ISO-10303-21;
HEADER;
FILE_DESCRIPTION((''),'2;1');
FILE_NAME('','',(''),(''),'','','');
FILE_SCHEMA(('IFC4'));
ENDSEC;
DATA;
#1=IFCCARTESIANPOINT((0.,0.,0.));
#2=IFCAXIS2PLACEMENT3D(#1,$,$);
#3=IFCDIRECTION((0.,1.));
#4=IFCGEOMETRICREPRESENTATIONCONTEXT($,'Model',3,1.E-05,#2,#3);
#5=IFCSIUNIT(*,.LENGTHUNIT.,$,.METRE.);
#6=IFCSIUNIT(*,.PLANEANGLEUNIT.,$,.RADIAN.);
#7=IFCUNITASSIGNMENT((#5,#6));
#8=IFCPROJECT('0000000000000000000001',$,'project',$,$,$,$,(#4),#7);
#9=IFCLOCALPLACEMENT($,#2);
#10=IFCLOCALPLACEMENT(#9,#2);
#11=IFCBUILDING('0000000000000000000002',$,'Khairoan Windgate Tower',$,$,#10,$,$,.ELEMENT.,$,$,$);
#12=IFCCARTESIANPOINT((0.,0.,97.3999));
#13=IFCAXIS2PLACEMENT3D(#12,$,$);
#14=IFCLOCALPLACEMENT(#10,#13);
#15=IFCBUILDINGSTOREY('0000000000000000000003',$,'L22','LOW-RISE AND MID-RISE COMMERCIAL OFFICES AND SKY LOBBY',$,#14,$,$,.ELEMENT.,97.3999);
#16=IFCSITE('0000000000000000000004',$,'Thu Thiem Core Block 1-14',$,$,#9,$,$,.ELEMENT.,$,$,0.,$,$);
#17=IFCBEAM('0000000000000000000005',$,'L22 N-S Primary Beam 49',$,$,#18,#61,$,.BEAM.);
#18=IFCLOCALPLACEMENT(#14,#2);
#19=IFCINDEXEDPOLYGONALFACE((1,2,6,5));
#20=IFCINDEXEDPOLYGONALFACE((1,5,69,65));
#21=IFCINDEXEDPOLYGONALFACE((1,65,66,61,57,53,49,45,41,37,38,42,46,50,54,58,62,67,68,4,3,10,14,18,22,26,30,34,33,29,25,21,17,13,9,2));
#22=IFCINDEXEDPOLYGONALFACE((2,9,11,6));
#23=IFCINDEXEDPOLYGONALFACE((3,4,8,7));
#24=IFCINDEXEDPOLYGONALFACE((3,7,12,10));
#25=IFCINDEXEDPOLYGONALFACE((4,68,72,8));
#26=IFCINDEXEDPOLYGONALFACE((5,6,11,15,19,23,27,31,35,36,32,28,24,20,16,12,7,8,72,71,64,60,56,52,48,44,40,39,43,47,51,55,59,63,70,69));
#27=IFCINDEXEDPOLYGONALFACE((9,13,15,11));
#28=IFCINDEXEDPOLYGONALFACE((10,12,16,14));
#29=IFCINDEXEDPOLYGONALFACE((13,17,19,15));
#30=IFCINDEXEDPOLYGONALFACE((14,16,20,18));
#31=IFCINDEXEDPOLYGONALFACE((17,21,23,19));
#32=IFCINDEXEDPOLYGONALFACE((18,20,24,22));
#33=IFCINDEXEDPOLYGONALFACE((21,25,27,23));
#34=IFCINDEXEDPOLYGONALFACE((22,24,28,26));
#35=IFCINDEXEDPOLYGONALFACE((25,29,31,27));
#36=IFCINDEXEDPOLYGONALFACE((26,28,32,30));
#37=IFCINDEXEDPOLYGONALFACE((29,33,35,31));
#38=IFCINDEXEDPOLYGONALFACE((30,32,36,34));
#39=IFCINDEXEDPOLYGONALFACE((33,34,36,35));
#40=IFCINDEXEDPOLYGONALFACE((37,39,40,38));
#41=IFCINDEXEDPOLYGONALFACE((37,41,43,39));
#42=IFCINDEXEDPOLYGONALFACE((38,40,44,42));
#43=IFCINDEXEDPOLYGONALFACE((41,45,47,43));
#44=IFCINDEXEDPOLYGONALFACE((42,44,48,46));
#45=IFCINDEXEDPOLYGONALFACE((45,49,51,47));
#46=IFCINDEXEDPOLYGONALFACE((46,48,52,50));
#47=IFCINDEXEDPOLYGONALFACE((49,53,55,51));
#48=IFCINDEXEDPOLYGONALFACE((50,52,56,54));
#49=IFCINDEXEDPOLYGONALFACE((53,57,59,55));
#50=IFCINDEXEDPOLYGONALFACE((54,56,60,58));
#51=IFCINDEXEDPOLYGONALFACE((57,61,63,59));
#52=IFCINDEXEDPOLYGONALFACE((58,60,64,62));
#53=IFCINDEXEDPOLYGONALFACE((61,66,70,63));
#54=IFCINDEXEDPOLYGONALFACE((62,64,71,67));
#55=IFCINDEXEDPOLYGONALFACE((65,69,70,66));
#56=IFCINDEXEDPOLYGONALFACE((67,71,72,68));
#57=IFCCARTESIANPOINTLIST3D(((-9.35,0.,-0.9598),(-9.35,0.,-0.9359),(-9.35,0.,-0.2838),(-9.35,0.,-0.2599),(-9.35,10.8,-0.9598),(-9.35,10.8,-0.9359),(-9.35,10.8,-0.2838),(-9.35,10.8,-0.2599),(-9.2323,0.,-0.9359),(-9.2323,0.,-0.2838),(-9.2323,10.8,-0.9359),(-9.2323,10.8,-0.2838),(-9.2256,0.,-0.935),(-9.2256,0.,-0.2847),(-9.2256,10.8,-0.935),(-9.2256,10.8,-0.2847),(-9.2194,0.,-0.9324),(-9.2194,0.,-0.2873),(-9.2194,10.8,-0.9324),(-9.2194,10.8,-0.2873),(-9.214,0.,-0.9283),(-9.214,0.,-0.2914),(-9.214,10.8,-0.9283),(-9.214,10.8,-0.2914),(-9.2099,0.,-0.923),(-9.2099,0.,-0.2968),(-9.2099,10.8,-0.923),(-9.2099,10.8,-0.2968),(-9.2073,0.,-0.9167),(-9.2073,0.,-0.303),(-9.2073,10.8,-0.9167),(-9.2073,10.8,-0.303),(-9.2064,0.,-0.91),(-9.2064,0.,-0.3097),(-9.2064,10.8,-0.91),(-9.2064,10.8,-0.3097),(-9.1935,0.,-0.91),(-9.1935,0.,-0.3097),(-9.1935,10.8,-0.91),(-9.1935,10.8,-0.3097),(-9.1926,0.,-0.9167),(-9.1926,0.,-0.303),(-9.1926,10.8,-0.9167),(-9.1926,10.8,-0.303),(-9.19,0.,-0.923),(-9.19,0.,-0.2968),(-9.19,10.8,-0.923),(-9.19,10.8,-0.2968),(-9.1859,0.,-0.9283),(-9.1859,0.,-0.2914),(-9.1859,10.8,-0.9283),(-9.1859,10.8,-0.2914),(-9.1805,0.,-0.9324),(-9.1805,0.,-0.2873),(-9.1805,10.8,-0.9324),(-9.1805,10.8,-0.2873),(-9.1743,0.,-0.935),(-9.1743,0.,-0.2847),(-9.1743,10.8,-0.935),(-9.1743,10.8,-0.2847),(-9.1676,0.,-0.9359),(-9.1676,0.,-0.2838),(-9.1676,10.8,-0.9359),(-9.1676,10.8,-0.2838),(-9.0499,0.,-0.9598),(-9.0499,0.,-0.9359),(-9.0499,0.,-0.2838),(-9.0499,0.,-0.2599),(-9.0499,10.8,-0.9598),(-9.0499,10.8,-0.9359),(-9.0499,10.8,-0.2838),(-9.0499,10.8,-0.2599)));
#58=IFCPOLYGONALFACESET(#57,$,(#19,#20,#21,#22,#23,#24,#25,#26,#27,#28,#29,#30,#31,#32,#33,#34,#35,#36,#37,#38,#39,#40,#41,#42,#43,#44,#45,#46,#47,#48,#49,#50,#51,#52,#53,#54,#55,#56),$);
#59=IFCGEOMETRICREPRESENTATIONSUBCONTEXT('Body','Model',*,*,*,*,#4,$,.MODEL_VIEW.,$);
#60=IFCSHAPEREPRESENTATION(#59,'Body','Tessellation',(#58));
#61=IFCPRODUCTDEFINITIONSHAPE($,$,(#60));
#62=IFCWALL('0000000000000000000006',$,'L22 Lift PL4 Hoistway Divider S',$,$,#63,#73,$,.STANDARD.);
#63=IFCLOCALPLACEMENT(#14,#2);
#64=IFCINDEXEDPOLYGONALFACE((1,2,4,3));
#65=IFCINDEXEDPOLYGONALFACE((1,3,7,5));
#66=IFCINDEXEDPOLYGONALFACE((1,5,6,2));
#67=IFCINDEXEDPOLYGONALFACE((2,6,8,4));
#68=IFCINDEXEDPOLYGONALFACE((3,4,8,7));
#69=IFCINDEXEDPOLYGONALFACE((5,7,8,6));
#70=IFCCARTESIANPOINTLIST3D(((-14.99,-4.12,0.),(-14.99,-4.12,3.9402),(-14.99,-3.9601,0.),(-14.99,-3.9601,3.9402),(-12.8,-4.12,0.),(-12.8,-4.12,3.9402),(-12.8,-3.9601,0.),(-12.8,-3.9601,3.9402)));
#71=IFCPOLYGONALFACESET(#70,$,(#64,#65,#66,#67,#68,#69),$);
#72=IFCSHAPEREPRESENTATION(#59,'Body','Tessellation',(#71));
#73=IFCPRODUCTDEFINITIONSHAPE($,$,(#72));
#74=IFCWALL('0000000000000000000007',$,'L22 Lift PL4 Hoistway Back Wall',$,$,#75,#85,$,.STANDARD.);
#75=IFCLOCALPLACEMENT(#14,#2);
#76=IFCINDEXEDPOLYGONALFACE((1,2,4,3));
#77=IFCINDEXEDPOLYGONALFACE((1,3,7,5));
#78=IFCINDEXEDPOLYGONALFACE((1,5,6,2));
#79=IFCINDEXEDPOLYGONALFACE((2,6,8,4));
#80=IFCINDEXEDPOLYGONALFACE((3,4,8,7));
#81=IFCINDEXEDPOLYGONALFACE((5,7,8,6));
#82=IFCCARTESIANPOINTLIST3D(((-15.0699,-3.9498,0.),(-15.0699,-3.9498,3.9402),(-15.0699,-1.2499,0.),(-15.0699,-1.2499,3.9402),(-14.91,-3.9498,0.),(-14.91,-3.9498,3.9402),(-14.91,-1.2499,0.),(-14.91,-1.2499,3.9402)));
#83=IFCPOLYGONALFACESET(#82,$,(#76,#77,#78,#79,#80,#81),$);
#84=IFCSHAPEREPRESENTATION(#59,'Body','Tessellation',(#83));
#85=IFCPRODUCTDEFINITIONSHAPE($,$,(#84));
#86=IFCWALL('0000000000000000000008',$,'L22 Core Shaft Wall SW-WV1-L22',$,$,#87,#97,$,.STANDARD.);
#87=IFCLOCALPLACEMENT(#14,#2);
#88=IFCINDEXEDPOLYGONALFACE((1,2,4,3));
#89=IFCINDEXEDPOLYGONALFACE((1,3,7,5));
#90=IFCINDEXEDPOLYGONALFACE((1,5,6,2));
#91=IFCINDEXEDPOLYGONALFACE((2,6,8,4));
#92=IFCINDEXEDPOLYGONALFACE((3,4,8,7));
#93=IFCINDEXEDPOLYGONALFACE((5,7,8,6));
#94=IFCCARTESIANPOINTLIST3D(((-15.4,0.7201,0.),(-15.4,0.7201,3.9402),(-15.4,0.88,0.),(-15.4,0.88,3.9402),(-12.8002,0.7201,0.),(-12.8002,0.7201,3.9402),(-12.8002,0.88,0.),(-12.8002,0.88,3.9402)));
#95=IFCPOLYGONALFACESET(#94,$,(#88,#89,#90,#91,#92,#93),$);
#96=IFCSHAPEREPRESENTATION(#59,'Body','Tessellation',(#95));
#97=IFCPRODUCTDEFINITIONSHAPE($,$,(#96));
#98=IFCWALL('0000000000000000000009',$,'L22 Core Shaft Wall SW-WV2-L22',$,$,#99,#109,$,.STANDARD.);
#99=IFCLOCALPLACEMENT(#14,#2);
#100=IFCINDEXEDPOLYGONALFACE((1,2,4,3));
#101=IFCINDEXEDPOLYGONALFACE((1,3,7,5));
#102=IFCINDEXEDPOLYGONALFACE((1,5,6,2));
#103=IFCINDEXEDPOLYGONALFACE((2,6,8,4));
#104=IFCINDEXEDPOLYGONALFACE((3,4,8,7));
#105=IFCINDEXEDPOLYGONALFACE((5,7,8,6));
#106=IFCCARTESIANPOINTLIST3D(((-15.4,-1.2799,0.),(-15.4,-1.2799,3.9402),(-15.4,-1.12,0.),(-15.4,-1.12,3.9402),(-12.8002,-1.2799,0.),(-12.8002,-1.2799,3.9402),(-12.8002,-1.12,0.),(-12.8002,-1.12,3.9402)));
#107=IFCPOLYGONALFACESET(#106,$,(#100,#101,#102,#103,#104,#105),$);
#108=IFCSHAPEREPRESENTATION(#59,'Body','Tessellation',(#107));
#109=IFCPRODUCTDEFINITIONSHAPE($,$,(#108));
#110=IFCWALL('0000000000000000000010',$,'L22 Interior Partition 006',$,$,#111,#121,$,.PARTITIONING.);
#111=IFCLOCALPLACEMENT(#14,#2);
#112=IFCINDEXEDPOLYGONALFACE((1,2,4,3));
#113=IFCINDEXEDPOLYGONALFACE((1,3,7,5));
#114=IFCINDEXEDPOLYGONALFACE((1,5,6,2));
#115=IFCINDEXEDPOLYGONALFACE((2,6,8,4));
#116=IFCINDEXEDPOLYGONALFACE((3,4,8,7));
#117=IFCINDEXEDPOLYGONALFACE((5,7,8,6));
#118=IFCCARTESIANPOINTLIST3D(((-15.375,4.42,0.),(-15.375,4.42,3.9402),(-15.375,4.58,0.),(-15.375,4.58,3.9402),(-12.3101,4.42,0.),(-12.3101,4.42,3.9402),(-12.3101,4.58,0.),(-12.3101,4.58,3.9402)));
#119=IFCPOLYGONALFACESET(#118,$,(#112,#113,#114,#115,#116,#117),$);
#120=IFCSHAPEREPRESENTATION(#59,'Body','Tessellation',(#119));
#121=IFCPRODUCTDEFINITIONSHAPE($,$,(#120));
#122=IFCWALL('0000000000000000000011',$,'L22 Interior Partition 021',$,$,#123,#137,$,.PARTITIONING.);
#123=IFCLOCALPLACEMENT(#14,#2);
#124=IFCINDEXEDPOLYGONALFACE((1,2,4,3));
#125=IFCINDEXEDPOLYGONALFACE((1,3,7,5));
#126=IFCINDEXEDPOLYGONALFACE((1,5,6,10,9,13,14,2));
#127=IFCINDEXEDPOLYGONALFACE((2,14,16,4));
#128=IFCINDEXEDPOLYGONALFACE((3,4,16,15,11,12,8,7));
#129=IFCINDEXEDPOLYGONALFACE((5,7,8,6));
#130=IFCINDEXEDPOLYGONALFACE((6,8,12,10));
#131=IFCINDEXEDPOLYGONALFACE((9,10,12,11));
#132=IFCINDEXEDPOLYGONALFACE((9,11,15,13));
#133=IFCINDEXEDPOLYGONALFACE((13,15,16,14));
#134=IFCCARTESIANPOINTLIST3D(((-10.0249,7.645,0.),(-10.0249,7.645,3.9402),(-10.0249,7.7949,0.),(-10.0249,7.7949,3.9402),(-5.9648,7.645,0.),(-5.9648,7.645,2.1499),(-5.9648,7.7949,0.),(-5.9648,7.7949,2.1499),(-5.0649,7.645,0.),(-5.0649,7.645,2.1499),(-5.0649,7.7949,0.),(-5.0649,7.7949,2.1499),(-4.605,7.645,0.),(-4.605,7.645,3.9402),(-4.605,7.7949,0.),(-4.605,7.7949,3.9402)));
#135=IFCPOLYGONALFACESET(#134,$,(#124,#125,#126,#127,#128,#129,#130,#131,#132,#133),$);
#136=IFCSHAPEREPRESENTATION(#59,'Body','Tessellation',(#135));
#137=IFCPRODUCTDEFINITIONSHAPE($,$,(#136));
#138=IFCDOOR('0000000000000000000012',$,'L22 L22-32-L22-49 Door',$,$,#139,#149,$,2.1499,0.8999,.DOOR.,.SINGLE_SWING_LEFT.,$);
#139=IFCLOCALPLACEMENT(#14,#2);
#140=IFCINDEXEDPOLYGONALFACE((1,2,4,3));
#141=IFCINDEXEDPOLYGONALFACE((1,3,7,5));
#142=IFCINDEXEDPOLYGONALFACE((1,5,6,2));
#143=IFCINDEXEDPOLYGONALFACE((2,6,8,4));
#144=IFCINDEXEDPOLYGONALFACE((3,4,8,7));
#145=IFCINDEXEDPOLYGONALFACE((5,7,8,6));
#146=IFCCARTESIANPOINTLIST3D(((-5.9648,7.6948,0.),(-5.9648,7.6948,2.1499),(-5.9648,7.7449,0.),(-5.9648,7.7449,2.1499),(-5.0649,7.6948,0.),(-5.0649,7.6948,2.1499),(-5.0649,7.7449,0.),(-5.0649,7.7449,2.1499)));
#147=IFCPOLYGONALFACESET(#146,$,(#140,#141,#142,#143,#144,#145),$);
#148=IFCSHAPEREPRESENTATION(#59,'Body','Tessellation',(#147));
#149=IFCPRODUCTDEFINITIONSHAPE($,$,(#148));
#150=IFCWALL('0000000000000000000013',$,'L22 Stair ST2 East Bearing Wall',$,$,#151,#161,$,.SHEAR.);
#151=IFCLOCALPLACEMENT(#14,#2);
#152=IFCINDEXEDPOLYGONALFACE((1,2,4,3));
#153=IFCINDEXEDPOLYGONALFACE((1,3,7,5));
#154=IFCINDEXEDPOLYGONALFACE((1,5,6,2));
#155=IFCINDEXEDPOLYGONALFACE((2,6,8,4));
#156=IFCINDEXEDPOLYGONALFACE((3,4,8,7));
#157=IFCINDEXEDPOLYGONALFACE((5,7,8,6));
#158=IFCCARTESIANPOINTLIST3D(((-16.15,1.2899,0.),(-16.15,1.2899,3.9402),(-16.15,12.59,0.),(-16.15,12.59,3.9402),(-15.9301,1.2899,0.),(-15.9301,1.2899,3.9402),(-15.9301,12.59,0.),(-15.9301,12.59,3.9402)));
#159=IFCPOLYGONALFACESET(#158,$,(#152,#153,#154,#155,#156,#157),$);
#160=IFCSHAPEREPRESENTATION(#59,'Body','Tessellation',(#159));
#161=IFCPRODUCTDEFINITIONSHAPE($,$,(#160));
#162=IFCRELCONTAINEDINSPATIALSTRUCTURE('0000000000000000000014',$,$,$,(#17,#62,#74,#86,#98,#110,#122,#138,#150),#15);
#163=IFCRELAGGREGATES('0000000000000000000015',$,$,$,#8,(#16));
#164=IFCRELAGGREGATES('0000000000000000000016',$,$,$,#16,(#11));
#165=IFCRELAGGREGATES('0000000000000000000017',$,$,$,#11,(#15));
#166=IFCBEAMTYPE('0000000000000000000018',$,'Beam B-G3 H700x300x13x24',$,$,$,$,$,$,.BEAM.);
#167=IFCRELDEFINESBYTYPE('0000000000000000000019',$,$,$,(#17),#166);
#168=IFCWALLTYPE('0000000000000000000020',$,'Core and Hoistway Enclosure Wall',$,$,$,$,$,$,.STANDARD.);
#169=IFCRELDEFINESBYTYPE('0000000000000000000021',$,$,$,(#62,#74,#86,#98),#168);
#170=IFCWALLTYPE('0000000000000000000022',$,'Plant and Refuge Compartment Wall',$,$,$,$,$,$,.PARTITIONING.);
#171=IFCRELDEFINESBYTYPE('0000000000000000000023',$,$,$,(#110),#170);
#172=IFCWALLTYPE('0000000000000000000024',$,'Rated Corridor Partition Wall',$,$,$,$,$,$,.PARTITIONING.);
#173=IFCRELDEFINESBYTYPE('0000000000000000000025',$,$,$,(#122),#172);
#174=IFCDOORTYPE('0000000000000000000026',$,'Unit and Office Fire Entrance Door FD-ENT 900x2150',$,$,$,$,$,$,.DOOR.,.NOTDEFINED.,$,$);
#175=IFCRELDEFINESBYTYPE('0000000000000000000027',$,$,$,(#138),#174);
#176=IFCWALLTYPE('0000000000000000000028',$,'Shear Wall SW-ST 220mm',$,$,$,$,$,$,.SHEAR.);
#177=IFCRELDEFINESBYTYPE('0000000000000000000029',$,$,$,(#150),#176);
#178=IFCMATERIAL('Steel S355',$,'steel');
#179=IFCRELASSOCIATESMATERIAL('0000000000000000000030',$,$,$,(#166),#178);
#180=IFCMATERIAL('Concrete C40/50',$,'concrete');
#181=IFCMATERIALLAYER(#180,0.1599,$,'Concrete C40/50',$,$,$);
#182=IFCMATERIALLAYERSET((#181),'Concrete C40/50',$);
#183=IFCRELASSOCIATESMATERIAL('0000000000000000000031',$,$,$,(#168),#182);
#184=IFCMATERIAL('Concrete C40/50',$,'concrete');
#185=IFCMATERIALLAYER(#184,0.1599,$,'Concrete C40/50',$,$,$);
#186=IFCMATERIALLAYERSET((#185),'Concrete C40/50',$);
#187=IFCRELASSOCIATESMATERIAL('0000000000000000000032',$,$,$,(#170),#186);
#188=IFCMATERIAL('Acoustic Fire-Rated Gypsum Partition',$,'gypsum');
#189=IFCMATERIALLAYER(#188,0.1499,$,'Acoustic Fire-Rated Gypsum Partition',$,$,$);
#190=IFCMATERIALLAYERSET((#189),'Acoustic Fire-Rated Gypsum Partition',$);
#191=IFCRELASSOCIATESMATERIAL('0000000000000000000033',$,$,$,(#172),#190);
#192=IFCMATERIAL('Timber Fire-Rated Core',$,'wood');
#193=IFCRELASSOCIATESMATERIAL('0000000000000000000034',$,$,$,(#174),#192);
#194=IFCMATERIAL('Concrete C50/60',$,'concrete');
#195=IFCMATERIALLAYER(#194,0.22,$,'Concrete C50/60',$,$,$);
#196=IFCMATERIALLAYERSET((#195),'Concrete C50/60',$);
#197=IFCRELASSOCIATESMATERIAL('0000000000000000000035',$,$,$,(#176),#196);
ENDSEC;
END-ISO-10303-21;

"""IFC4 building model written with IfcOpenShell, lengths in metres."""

from ifc_helpers import new_model, si_unit, direction, frame, frame_2d, origin, origin_2d, place, context, subcontext, project, spatial, rectangle, i_section, extrude, material, layer, layer_set, material_profile, profile_set, type_object, element, fill, save


model = new_model("IFC4")

# Units and contexts
model_context = context("Model", 3, precision=1e-05, world=origin(), true_north=direction((0.0, 1.0)))
body_context = subcontext(model_context, "Body", "Model", "MODEL_VIEW")
ifc_project = project(units=[si_unit("LENGTHUNIT", "METRE"), si_unit("PLANEANGLEUNIT", "RADIAN")], contexts=[model_context])

# Site, building, storey
site_placement = place(None, origin())
site = spatial("IfcSite", under=ifc_project, at=site_placement, Name="Thu Thiem Core Block 1-14", CompositionType="ELEMENT", RefElevation=0.0)
building_placement = place(site_placement, origin())
building = spatial("IfcBuilding", under=site, at=building_placement, Name="Khairoan Windgate Tower", CompositionType="ELEMENT")
storey_placement = place(building_placement, frame((0.0, 0.0, 97.3999)))
storey = spatial("IfcBuildingStorey", under=building, at=storey_placement, Name="L22", Description="LOW-RISE AND MID-RISE COMMERCIAL OFFICES AND SKY LOBBY", CompositionType="ELEMENT", Elevation=97.3999)

# Beam
ifc_material_1 = material(Name="Steel S355", Category="steel")
ifc_material_profile_1 = material_profile(ifc_material_1, i_section(OverallWidth=0.3, OverallDepth=0.7, WebThickness=0.0129, FlangeThickness=0.0239, FilletRadius=0.0259, at=origin_2d()))
ifc_profile_set_1 = profile_set([ifc_material_profile_1], Name="Steel S355")
beam_type = type_object("IfcBeamType", Name="Beam B-G3 H700x300x13x24", PredefinedType="BEAM", material=ifc_profile_set_1)
for number, where, z_axis, x_axis, name in (
    (1, (-9.2, 0.0, -0.6099), (0.0, 1.0, 0.0), (-1.0, 0.0, 0.0), "L22 N-S Primary Beam 49"),
):
    element("IfcBeam", number, at=place(storey_placement, frame(where, z_axis=z_axis, x_axis=x_axis)), inside=storey, type_object=beam_type, Name=name, PredefinedType="BEAM", context=body_context, shape_type="SweptSolid", body=[
        extrude(i_section(OverallWidth=0.3, OverallDepth=0.7, WebThickness=0.0129, FlangeThickness=0.0239, FilletRadius=0.0259, at=origin_2d()), origin(), (0.0, 0.0, 1.0), 10.8),
    ])

# Walls
ifc_material_2 = material(Name="Concrete C40/50", Category="concrete")
ifc_layer_1 = layer(ifc_material_2, 0.1599, Name="Concrete C40/50")
ifc_layer_set_1 = layer_set([ifc_layer_1], Name="Concrete C40/50")
wall_type_1 = type_object("IfcWallType", Name="Core and Hoistway Enclosure Wall", PredefinedType="STANDARD", material=ifc_layer_set_1)
wall_1_placement = place(storey_placement, frame((-14.99, -4.04, 0.0), z_axis=(0.0, 0.0, 1.0), x_axis=(1.0, 0.0, 0.0)))
element("IfcWall", 2, at=wall_1_placement, inside=storey, type_object=wall_type_1, Name="L22 Lift PL4 Hoistway Divider S", PredefinedType="STANDARD", context=body_context, shape_type="SweptSolid", body=[
    extrude(rectangle(XDim=2.1899, YDim=0.1599, at=frame_2d((1.095, 0.0))), origin(), (0.0, 0.0, 1.0), 3.9402),
])
wall_2_placement = place(storey_placement, frame((-14.99, -3.95, 0.0), z_axis=(0.0, 0.0, 1.0), x_axis=(0.0, 1.0, 0.0)))
element("IfcWall", 3, at=wall_2_placement, inside=storey, type_object=wall_type_1, Name="L22 Lift PL4 Hoistway Back Wall", PredefinedType="STANDARD", context=body_context, shape_type="SweptSolid", body=[
    extrude(rectangle(XDim=2.7, YDim=0.1599, at=frame_2d((1.3501, 0.0))), origin(), (0.0, 0.0, 1.0), 3.9402),
])
for number, where, z_axis, x_axis, name in (
    (4, (-15.3999, 0.8, 0.0), (0.0, 0.0, 1.0), (1.0, 0.0, 0.0), "L22 Core Shaft Wall SW-WV1-L22"),
    (5, (-15.3999, -1.2, 0.0), (0.0, 0.0, 1.0), (1.0, 0.0, 0.0), "L22 Core Shaft Wall SW-WV2-L22"),
):
    element("IfcWall", number, at=place(storey_placement, frame(where, z_axis=z_axis, x_axis=x_axis)), inside=storey, type_object=wall_type_1, Name=name, PredefinedType="STANDARD", context=body_context, shape_type="SweptSolid", body=[
        extrude(rectangle(XDim=2.5999, YDim=0.1599, at=frame_2d((1.2998, 0.0))), origin(), (0.0, 0.0, 1.0), 3.9402),
    ])
ifc_material_3 = material(Name="Concrete C40/50", Category="concrete")
ifc_layer_2 = layer(ifc_material_3, 0.1599, Name="Concrete C40/50")
ifc_layer_set_2 = layer_set([ifc_layer_2], Name="Concrete C40/50")
wall_type_2 = type_object("IfcWallType", Name="Plant and Refuge Compartment Wall", PredefinedType="PARTITIONING", material=ifc_layer_set_2)
wall_3_placement = place(storey_placement, frame((-15.375, 4.5, 0.0), z_axis=(0.0, 0.0, 1.0), x_axis=(1.0, 0.0, 0.0)))
element("IfcWall", 6, at=wall_3_placement, inside=storey, type_object=wall_type_2, Name="L22 Interior Partition 006", PredefinedType="PARTITIONING", context=body_context, shape_type="SweptSolid", body=[
    extrude(rectangle(XDim=3.0649, YDim=0.1599, at=frame_2d((1.5325, 0.0))), origin(), (0.0, 0.0, 1.0), 3.9402),
])

# Wall, opening, door
ifc_material_4 = material(Name="Acoustic Fire-Rated Gypsum Partition", Category="gypsum")
ifc_layer_3 = layer(ifc_material_4, 0.1499, Name="Acoustic Fire-Rated Gypsum Partition")
ifc_layer_set_3 = layer_set([ifc_layer_3], Name="Acoustic Fire-Rated Gypsum Partition")
wall_type_3 = type_object("IfcWallType", Name="Rated Corridor Partition Wall", PredefinedType="PARTITIONING", material=ifc_layer_set_3)
wall_4_placement = place(storey_placement, frame((-10.0249, 7.72, 0.0), z_axis=(0.0, 0.0, 1.0), x_axis=(1.0, 0.0, 0.0)))
wall_4 = element("IfcWall", 7, at=wall_4_placement, inside=storey, type_object=wall_type_3, Name="L22 Interior Partition 021", PredefinedType="PARTITIONING", context=body_context, shape_type="SweptSolid", body=[
    extrude(rectangle(XDim=5.4199, YDim=0.1499, at=frame_2d((2.71, 0.0))), origin(), (0.0, 0.0, 1.0), 3.9402),
])
opening_placement = place(wall_4_placement, frame((4.0601, 0.0, 0.0)))
opening = element("IfcOpeningElement", 8, at=opening_placement, cuts=wall_4, PredefinedType="OPENING", context=body_context, shape_type="SweptSolid", body=[
    extrude(rectangle(XDim=0.8999, YDim=2.1499, at=frame_2d((0.45, 1.075))), frame((0.0, 0.085, 0.0), z_axis=(0.0, -1.0, 0.0), x_axis=(1.0, 0.0, 0.0)), (0.0, 0.0, 1.0), 0.1699),
])
ifc_material_5 = material(Name="Timber Fire-Rated Core", Category="wood")
door_type = type_object("IfcDoorType", Name="Unit and Office Fire Entrance Door FD-ENT 900x2150", OperationType="NOTDEFINED", PredefinedType="DOOR", material=ifc_material_5)
door_placement = place(opening_placement, origin())
door = element("IfcDoor", 9, at=door_placement, inside=storey, type_object=door_type, Name="L22 L22-32-L22-49 Door", OperationType="SINGLE_SWING_LEFT", OverallHeight=2.1499, OverallWidth=0.8999, PredefinedType="DOOR", context=body_context, shape_type="SweptSolid", body=[
    extrude(rectangle(XDim=0.8999, YDim=2.1499, at=frame_2d((0.45, 1.075))), frame((0.0, 0.0249, 0.0), z_axis=(0.0, -1.0, 0.0), x_axis=(1.0, 0.0, 0.0)), (0.0, 0.0, 1.0), 0.05),
])
fill(opening, door)

# Wall
ifc_material_6 = material(Name="Concrete C50/60", Category="concrete")
ifc_layer_4 = layer(ifc_material_6, 0.22, Name="Concrete C50/60")
ifc_layer_set_4 = layer_set([ifc_layer_4], Name="Concrete C50/60")
wall_type_4 = type_object("IfcWallType", Name="Shear Wall SW-ST 220mm", PredefinedType="SHEAR", material=ifc_layer_set_4)
wall_5_placement = place(storey_placement, frame((-16.04, 1.29, 0.0), z_axis=(0.0, 0.0, 1.0), x_axis=(0.0, 1.0, 0.0)))
element("IfcWall", 10, at=wall_5_placement, inside=storey, type_object=wall_type_4, Name="L22 Stair ST2 East Bearing Wall", PredefinedType="SHEAR", context=body_context, shape_type="SweptSolid", body=[
    extrude(rectangle(XDim=11.3, YDim=0.22, at=frame_2d((5.6499, 0.0))), origin(), (0.0, 0.0, 1.0), 3.9402),
])

save(model, "model.ifc")
